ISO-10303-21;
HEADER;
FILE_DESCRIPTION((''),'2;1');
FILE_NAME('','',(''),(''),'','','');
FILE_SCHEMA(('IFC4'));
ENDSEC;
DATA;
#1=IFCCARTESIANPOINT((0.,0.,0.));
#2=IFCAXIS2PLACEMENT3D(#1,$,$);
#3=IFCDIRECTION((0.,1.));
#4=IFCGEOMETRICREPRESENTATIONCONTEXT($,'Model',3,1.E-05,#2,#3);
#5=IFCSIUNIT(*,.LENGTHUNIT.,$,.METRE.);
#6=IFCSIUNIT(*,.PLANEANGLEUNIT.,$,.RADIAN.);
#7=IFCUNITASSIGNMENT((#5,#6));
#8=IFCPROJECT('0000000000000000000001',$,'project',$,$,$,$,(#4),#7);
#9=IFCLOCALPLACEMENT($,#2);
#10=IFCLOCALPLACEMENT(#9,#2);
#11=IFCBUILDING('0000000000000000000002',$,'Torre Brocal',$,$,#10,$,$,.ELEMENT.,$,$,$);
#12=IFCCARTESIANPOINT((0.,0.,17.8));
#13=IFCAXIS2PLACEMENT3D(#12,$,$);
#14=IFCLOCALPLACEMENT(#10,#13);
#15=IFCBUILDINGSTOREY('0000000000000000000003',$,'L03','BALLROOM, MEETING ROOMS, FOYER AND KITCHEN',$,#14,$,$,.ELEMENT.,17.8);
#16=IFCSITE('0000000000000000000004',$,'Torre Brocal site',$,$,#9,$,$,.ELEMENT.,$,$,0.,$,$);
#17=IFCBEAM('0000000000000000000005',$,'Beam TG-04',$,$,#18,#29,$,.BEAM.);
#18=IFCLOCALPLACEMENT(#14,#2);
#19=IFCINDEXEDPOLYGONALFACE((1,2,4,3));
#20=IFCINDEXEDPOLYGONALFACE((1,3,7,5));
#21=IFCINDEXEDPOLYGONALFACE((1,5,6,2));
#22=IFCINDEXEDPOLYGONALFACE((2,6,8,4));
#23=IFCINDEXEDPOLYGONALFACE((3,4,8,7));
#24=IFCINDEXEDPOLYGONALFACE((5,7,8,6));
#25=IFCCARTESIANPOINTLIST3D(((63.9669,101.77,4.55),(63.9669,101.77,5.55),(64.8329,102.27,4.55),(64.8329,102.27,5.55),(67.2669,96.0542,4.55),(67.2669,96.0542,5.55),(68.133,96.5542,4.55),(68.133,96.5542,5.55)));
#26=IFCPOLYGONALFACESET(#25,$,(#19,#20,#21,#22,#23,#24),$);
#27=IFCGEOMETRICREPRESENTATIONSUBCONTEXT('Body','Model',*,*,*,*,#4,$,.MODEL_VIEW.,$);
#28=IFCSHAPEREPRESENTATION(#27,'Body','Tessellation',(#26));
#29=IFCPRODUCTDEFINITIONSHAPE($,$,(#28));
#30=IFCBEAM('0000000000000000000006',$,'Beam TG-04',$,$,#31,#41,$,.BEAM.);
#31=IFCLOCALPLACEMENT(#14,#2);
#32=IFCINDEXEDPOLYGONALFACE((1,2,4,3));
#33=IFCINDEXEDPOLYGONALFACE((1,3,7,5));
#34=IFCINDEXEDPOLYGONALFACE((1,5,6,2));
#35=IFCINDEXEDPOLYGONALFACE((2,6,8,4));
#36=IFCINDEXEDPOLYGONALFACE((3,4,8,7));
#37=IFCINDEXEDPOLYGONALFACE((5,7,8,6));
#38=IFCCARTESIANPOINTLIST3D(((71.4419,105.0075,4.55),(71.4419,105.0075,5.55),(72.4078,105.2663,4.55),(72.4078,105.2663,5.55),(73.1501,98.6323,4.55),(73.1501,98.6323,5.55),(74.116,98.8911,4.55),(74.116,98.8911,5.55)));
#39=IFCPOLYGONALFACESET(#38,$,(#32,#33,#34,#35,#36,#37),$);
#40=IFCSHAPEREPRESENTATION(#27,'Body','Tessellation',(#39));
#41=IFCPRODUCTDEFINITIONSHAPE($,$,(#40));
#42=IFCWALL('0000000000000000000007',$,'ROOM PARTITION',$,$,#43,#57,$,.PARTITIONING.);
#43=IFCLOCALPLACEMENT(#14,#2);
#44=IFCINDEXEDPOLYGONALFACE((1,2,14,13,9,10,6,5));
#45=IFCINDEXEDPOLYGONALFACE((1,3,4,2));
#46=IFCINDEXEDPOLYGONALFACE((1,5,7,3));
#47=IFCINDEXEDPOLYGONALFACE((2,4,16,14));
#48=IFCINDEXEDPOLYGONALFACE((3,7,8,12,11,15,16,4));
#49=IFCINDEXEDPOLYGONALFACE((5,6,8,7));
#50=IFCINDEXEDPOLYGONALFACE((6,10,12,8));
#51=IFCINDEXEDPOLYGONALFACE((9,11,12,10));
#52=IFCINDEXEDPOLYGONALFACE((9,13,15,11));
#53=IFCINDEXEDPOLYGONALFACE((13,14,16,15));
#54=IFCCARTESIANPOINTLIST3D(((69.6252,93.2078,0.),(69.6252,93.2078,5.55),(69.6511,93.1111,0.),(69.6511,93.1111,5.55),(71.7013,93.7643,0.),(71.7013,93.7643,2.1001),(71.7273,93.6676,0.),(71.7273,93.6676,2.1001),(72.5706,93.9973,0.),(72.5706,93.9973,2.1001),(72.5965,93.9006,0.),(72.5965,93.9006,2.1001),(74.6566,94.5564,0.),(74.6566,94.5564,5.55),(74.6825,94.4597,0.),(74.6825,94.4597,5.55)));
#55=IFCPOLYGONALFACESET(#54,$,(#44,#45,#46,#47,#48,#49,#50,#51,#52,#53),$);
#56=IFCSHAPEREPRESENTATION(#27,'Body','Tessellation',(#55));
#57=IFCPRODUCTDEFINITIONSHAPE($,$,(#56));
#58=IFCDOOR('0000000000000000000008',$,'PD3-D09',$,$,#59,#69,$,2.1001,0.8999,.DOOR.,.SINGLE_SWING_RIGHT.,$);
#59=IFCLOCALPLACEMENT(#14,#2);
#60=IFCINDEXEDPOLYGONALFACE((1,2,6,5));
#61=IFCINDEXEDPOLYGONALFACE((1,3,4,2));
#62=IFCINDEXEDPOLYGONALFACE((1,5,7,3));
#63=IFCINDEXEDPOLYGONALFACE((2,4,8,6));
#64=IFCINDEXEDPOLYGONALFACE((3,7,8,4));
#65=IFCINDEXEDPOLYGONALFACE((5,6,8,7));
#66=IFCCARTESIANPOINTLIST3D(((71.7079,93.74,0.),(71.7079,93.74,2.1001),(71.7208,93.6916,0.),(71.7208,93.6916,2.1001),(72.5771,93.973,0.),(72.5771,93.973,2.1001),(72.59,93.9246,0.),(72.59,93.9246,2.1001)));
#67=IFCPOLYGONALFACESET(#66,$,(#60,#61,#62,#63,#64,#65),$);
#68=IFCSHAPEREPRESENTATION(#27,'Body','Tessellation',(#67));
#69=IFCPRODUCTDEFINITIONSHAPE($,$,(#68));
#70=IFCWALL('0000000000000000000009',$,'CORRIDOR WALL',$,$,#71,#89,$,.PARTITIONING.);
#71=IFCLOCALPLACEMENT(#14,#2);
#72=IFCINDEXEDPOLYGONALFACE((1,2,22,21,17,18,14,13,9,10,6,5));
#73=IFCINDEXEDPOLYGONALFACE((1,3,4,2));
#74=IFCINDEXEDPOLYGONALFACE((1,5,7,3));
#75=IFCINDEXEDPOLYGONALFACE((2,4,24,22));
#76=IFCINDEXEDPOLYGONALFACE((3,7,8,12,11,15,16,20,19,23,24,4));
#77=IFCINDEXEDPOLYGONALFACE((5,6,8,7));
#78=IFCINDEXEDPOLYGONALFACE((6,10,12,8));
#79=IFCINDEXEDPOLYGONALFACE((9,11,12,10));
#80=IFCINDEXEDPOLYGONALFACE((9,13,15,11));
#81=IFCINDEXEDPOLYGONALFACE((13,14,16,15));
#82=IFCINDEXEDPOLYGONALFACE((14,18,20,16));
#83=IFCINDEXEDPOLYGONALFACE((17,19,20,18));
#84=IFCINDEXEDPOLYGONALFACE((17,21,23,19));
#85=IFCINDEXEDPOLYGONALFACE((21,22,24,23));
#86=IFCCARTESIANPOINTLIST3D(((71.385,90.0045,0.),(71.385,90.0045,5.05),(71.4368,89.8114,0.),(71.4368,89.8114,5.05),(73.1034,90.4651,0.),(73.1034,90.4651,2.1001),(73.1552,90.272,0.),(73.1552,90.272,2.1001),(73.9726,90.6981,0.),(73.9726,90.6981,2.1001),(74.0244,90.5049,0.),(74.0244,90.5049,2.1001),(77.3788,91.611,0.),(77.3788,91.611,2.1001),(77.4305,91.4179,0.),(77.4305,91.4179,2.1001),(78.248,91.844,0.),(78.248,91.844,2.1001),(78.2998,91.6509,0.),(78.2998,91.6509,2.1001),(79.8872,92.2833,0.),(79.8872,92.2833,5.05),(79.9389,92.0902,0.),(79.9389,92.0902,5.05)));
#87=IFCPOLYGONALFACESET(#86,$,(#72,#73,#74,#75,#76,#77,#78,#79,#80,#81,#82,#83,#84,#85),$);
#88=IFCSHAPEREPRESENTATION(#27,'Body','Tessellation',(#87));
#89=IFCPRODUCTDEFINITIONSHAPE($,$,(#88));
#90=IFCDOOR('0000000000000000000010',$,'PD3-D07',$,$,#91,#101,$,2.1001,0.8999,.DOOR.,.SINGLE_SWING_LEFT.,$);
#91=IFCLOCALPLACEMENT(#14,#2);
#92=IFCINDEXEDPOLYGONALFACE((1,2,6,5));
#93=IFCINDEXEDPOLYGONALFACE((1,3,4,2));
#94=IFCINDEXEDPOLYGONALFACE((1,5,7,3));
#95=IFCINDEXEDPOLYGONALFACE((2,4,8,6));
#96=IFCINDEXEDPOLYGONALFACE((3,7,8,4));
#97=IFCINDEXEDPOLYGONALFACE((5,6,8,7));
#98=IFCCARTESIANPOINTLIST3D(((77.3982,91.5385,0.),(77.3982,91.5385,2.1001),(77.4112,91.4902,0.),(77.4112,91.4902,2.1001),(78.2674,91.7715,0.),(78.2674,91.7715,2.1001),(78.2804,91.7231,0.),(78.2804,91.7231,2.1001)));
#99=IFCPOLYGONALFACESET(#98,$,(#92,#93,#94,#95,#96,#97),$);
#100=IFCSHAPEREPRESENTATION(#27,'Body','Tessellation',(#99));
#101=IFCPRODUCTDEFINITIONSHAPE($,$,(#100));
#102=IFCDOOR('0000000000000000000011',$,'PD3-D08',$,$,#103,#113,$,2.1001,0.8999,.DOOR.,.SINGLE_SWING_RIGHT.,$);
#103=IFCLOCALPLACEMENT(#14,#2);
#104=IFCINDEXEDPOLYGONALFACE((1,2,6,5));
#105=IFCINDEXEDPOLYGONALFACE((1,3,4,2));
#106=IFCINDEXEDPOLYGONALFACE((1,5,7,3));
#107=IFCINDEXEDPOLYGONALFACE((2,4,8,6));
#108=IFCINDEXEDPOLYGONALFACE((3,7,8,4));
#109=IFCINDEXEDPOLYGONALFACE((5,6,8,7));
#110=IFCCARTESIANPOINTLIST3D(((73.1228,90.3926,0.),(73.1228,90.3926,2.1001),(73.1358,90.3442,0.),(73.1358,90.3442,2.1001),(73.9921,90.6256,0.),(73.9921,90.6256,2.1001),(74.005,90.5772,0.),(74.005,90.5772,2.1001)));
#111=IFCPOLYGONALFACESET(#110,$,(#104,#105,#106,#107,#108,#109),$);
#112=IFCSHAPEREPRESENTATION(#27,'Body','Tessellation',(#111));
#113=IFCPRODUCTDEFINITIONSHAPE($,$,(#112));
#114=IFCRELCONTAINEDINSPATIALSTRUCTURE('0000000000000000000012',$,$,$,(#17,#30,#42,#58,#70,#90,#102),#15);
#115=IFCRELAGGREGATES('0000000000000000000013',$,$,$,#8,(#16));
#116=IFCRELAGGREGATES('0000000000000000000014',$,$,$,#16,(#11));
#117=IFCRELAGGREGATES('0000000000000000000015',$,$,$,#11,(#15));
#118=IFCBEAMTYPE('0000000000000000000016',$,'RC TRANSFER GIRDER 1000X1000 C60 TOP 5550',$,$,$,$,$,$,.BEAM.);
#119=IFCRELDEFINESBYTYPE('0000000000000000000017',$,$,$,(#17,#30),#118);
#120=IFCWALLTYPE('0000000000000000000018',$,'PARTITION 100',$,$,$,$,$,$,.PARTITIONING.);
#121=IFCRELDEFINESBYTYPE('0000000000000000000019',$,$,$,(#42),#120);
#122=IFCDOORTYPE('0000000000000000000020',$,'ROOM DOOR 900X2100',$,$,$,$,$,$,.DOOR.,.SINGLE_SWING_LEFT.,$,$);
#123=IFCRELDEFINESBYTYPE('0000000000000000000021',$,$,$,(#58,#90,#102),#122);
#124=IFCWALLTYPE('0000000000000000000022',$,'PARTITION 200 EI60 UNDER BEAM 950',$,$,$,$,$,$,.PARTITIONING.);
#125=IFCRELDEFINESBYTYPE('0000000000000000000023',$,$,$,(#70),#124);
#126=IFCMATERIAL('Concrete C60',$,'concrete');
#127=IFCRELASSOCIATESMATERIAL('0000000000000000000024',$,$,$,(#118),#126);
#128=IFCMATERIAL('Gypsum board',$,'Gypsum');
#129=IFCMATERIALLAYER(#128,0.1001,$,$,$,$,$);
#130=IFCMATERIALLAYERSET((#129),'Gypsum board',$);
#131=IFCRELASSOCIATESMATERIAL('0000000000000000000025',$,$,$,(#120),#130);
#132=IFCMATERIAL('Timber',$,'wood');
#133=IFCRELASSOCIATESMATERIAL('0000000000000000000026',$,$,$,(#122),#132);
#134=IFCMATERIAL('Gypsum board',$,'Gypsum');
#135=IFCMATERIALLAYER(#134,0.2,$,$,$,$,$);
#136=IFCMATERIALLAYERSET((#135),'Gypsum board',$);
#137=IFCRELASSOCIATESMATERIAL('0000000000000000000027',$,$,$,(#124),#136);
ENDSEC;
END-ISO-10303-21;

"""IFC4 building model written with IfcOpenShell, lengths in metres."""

from ifc_helpers import new_model, si_unit, direction, frame, frame_2d, origin, origin_2d, place, context, subcontext, project, spatial, rectangle, extrude, material, layer, layer_set, material_profile, profile_set, type_object, element, fill, save


model = new_model("IFC4")

# Units and contexts
model_context = context("Model", 3, precision=1e-05, world=origin(), true_north=direction((0.0, 1.0)))
body_context = subcontext(model_context, "Body", "Model", "MODEL_VIEW")
ifc_project = project(units=[si_unit("LENGTHUNIT", "METRE"), si_unit("PLANEANGLEUNIT", "RADIAN")], contexts=[model_context])

# Site, building, storey
site_placement = place(None, origin())
site = spatial("IfcSite", under=ifc_project, at=site_placement, Name="Torre Brocal site", CompositionType="ELEMENT", RefElevation=0.0)
building_placement = place(site_placement, origin())
building = spatial("IfcBuilding", under=site, at=building_placement, Name="Torre Brocal", CompositionType="ELEMENT")
storey_placement = place(building_placement, frame((0.0, 0.0, 17.8)))
storey = spatial("IfcBuildingStorey", under=building, at=storey_placement, Name="L03", Description="BALLROOM, MEETING ROOMS, FOYER AND KITCHEN", CompositionType="ELEMENT", Elevation=17.8)

# Beams
ifc_material_1 = material(Name="Concrete C60", Category="concrete")
ifc_material_profile_1 = material_profile(ifc_material_1, rectangle(XDim=1.0, YDim=1.0, at=origin_2d()), Name="RC 1000X1000")
ifc_profile_set_1 = profile_set([ifc_material_profile_1], Name="Concrete C60")
beam_type_1 = type_object("IfcBeamType", Name="RC TRANSFER GIRDER 1000X1000 C60 TOP 5550", PredefinedType="BEAM", material=ifc_profile_set_1)
for number, where, z_axis, x_axis, name in (
    (1, (67.7, 96.3042, 5.05), (-0.500002, 0.866024, 0.0), (-0.866024, -0.500002, 0.0), "Beam TG-04"),
    (2, (73.6331, 98.7617, 5.05), (-0.258821, 0.965925, 0.0), (-0.965925, -0.258821, 0.0), "Beam TG-04"),
):
    element("IfcBeam", number, at=place(storey_placement, frame(where, z_axis=z_axis, x_axis=x_axis)), inside=storey, type_object=beam_type_1, Name=name, PredefinedType="BEAM", context=body_context, shape_type="SweptSolid", body=[
        extrude(rectangle(XDim=1.0, YDim=1.0, at=origin_2d()), origin(), (0.0, 0.0, 1.0), 6.6001),
    ])

# Wall, opening, door
ifc_material_2 = material(Name="Gypsum board", Category="Gypsum")
ifc_layer_1 = layer(ifc_material_2, 0.1001)
ifc_layer_set_1 = layer_set([ifc_layer_1], Name="Gypsum board")
wall_type_1 = type_object("IfcWallType", Name="PARTITION 100", PredefinedType="PARTITIONING", material=ifc_layer_set_1)
wall_1_placement = place(storey_placement, frame((69.6382, 93.1594, 0.0), z_axis=(0.0, 0.0, 1.0), x_axis=(0.965901, 0.258911, 0.0)))
wall_1 = element("IfcWall", 3, at=wall_1_placement, inside=storey, type_object=wall_type_1, Name="ROOM PARTITION", PredefinedType="PARTITIONING", context=body_context, shape_type="SweptSolid", body=[
    extrude(rectangle(XDim=5.209, YDim=0.1001, at=frame_2d((2.6045, 0.0))), origin(), (0.0, 0.0, 1.0), 5.55),
])
opening_1_placement = place(wall_1_placement, frame((2.1494, 0.0, 0.0)))
opening_1 = element("IfcOpeningElement", 4, at=opening_1_placement, cuts=wall_1, PredefinedType="OPENING", context=body_context, shape_type="SweptSolid", body=[
    extrude(rectangle(XDim=0.8999, YDim=2.1001, at=frame_2d((0.45, 1.05))), frame((0.0, 0.0601, 0.0), z_axis=(0.0, -1.0, 0.0), x_axis=(1.0, 0.0, 0.0)), (0.0, 0.0, 1.0), 0.1201),
])
ifc_material_3 = material(Name="Timber", Category="wood")
door_type = type_object("IfcDoorType", Name="ROOM DOOR 900X2100", OperationType="SINGLE_SWING_LEFT", PredefinedType="DOOR", material=ifc_material_3)
door_1_placement = place(opening_1_placement, origin())
door_1 = element("IfcDoor", 5, at=door_1_placement, inside=storey, type_object=door_type, Name="PD3-D09", OperationType="SINGLE_SWING_RIGHT", OverallHeight=2.1001, OverallWidth=0.8999, PredefinedType="DOOR", context=body_context, shape_type="SweptSolid", body=[
    extrude(rectangle(XDim=0.8999, YDim=2.1001, at=frame_2d((0.45, 1.05))), frame((0.0, 0.0249, 0.0), z_axis=(0.0, -1.0, 0.0), x_axis=(1.0, 0.0, 0.0)), (0.0, 0.0, 1.0), 0.05),
])
fill(opening_1, door_1)

# Wall, openings, doors
ifc_material_4 = material(Name="Gypsum board", Category="Gypsum")
ifc_layer_2 = layer(ifc_material_4, 0.2)
ifc_layer_set_2 = layer_set([ifc_layer_2], Name="Gypsum board")
wall_type_2 = type_object("IfcWallType", Name="PARTITION 200 EI60 UNDER BEAM 950", PredefinedType="PARTITIONING", material=ifc_layer_set_2)
wall_2_placement = place(storey_placement, frame((71.4109, 89.908, 0.0), z_axis=(0.0, 0.0, 1.0), x_axis=(0.965907, 0.258888, 0.0)))
wall_2 = element("IfcWall", 6, at=wall_2_placement, inside=storey, type_object=wall_type_2, Name="CORRIDOR WALL", PredefinedType="PARTITIONING", context=body_context, shape_type="SweptSolid", body=[
    extrude(rectangle(XDim=8.8022, YDim=0.2, at=frame_2d((4.4011, 0.0))), origin(), (0.0, 0.0, 1.0), 5.05),
])
opening_2_placement = place(wall_2_placement, frame((6.2053, 0.0, 0.0)))
opening_2 = element("IfcOpeningElement", 7, at=opening_2_placement, cuts=wall_2, PredefinedType="OPENING", context=body_context, shape_type="SweptSolid", body=[
    extrude(rectangle(XDim=0.8999, YDim=2.1001, at=frame_2d((0.45, 1.05))), frame((0.0, 0.1099, 0.0), z_axis=(0.0, -1.0, 0.0), x_axis=(1.0, 0.0, 0.0)), (0.0, 0.0, 1.0), 0.22),
])
opening_3_placement = place(wall_2_placement, frame((1.7791, 0.0, 0.0)))
opening_3 = element("IfcOpeningElement", 8, at=opening_3_placement, cuts=wall_2, PredefinedType="OPENING", context=body_context, shape_type="SweptSolid", body=[
    extrude(rectangle(XDim=0.8999, YDim=2.1001, at=frame_2d((0.45, 1.05))), frame((0.0, 0.1099, 0.0), z_axis=(0.0, -1.0, 0.0), x_axis=(1.0, 0.0, 0.0)), (0.0, 0.0, 1.0), 0.22),
])
door_2_placement = place(opening_2_placement, origin())
door_2 = element("IfcDoor", 9, at=door_2_placement, inside=storey, type_object=door_type, Name="PD3-D07", OperationType="SINGLE_SWING_LEFT", OverallHeight=2.1001, OverallWidth=0.8999, PredefinedType="DOOR", context=body_context, shape_type="SweptSolid", body=[
    extrude(rectangle(XDim=0.8999, YDim=2.1001, at=frame_2d((0.45, 1.05))), frame((0.0, 0.0249, 0.0), z_axis=(0.0, -1.0, 0.0), x_axis=(1.0, 0.0, 0.0)), (0.0, 0.0, 1.0), 0.05),
])
fill(opening_2, door_2)
door_3_placement = place(opening_3_placement, origin())
door_3 = element("IfcDoor", 10, at=door_3_placement, inside=storey, type_object=door_type, Name="PD3-D08", OperationType="SINGLE_SWING_RIGHT", OverallHeight=2.1001, OverallWidth=0.8999, PredefinedType="DOOR", context=body_context, shape_type="SweptSolid", body=[
    extrude(rectangle(XDim=0.8999, YDim=2.1001, at=frame_2d((0.45, 1.05))), frame((0.0, 0.0249, 0.0), z_axis=(0.0, -1.0, 0.0), x_axis=(1.0, 0.0, 0.0)), (0.0, 0.0, 1.0), 0.05),
])
fill(opening_3, door_3)

save(model, "model.ifc")
